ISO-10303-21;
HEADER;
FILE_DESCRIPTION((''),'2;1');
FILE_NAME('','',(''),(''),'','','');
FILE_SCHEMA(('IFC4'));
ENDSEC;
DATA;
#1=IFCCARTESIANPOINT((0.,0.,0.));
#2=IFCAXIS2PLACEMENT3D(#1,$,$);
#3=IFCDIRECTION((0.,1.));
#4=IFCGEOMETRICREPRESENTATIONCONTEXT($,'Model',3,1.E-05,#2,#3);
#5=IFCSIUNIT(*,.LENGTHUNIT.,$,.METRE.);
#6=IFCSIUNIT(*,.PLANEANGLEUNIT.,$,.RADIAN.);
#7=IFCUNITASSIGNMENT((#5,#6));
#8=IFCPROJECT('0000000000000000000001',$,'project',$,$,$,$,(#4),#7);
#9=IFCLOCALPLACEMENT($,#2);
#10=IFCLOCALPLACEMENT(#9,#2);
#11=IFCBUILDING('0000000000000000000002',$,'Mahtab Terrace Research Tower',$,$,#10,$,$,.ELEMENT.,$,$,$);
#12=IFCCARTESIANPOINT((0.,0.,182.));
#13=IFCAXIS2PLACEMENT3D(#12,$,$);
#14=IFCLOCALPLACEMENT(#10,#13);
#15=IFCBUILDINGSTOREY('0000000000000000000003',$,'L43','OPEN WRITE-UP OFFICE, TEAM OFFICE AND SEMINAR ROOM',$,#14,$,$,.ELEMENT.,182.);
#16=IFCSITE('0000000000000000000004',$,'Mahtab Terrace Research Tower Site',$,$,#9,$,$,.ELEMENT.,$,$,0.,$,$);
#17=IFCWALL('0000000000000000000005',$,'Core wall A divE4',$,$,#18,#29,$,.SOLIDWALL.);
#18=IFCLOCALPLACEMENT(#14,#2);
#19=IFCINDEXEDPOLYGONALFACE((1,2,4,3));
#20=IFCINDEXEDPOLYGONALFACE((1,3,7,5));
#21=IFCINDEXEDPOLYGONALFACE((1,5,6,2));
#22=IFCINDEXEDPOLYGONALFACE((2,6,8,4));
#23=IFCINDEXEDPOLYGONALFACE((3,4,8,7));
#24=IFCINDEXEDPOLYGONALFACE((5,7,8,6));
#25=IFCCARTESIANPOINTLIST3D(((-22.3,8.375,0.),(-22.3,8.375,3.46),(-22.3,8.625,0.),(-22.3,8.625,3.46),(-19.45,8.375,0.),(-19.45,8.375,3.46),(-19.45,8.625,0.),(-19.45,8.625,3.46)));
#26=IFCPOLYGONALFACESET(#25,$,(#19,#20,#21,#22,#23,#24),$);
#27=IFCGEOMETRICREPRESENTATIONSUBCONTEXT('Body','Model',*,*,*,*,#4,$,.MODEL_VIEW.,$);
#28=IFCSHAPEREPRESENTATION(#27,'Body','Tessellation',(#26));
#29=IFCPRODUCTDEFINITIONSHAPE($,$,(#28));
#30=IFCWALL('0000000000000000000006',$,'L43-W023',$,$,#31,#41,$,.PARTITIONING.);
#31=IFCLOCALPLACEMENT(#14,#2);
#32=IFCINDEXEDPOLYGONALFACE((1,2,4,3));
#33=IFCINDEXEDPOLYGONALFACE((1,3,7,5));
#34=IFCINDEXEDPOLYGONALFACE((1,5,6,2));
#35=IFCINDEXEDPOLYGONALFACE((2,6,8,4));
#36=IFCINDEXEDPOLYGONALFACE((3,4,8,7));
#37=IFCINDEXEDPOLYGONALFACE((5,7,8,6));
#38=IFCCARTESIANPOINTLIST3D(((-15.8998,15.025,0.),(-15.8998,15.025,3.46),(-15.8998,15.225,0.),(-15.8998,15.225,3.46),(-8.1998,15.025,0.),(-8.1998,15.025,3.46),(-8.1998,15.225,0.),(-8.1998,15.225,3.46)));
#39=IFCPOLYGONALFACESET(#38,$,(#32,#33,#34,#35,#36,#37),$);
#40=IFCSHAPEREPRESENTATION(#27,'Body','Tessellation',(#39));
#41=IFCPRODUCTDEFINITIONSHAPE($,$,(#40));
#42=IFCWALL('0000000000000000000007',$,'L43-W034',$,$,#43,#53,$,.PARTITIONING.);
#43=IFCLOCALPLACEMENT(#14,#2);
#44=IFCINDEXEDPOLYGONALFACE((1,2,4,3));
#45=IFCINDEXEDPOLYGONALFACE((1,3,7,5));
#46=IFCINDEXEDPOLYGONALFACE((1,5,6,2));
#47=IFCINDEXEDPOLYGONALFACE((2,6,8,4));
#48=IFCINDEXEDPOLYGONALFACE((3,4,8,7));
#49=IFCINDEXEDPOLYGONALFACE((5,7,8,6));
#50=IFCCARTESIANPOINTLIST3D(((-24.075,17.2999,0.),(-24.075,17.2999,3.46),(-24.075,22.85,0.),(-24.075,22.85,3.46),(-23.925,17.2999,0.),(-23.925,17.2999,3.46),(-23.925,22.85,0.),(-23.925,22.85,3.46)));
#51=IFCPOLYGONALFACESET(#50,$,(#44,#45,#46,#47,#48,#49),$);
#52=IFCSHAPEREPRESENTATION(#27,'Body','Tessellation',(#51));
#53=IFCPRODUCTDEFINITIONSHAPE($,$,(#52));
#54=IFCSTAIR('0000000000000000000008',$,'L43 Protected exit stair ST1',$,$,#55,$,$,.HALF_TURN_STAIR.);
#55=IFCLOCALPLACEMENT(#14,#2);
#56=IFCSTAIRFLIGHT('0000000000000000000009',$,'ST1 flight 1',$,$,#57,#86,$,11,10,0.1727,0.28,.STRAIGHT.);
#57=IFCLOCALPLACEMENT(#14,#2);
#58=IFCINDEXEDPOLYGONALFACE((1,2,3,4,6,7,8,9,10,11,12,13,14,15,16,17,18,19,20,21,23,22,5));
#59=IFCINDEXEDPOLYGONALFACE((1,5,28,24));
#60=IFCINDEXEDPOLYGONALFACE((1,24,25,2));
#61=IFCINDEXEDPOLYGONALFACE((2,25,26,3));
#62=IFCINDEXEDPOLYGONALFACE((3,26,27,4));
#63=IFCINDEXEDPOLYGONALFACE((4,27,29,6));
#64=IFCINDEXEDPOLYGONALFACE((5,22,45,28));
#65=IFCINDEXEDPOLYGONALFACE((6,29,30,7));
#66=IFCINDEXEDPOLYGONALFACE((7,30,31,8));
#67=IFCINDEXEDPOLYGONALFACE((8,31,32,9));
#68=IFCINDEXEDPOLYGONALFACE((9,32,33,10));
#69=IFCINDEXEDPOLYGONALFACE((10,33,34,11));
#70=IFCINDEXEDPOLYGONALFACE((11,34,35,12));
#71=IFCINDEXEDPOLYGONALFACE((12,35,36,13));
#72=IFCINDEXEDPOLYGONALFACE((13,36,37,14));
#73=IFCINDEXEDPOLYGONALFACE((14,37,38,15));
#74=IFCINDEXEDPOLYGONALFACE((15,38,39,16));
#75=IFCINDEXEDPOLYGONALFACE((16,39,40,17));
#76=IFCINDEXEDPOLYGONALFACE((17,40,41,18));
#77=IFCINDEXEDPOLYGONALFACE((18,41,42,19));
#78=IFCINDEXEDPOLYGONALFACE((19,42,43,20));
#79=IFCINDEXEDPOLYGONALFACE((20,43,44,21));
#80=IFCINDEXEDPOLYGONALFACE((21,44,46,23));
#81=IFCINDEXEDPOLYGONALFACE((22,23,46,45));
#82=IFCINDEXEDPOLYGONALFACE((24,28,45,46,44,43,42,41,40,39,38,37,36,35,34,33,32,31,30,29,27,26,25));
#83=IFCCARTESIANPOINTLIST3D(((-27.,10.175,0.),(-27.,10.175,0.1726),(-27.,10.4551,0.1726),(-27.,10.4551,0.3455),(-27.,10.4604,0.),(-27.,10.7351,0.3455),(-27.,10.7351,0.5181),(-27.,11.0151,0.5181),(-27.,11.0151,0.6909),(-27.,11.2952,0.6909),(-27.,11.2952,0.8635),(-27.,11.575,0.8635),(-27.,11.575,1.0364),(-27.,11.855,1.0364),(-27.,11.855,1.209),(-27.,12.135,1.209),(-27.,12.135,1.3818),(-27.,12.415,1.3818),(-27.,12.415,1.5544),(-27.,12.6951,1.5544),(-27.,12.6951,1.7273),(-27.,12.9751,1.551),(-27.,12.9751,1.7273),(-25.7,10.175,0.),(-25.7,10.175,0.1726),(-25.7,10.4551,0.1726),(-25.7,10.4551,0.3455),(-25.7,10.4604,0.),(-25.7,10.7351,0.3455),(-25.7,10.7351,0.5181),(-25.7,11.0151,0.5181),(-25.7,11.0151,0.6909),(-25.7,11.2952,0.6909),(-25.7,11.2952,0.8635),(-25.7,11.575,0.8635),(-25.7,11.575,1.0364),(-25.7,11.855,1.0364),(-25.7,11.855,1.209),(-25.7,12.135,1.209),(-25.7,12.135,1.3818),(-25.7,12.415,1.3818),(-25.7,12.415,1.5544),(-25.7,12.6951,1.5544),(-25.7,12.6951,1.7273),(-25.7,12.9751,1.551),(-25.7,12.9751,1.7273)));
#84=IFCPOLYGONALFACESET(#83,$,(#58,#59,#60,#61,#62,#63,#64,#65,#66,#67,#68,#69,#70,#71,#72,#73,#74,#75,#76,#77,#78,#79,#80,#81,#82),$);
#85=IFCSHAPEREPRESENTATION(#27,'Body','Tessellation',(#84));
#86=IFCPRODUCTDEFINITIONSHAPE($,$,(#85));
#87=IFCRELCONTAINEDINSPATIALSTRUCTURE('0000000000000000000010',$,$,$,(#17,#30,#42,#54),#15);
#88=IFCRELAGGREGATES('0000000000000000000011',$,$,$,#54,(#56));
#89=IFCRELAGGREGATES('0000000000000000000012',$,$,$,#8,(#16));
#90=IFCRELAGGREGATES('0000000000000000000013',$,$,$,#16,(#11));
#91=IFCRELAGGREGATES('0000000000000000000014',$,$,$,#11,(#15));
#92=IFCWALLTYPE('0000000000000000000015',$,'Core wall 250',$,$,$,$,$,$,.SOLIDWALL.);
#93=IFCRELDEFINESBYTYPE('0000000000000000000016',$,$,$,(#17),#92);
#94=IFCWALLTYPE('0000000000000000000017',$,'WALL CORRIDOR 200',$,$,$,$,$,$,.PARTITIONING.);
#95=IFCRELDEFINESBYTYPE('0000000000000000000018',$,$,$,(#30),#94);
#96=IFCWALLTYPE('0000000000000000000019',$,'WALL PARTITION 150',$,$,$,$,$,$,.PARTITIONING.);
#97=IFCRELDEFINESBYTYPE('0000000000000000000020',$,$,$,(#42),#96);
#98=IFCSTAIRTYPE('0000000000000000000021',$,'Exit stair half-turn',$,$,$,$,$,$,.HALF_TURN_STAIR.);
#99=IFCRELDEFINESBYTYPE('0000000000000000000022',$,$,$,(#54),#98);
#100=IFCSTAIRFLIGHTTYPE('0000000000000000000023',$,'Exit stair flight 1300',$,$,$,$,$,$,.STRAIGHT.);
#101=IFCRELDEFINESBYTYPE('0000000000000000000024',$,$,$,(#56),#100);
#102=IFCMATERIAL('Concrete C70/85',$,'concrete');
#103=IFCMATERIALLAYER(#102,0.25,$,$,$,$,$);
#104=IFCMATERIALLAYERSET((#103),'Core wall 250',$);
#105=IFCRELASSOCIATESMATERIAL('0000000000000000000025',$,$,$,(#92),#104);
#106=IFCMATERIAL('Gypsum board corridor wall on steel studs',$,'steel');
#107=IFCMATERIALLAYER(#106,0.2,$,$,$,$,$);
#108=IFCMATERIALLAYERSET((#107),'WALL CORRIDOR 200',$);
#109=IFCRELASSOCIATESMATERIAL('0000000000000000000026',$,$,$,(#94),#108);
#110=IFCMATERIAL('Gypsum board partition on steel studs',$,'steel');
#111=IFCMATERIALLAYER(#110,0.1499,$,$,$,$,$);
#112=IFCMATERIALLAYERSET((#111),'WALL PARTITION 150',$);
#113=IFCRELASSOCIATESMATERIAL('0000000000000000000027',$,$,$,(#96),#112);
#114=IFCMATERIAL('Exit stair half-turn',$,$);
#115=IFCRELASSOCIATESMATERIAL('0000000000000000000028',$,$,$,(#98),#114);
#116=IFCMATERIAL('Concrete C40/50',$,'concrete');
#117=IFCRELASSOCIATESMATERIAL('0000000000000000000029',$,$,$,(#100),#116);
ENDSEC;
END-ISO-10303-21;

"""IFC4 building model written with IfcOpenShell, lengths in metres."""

from ifc_helpers import new_model, si_unit, direction, frame, frame_2d, origin, place, context, subcontext, project, spatial, polyline, rectangle, outline, extrude, material, layer, layer_set, type_object, element, aggregate, save


model = new_model("IFC4")

# Units and contexts
model_context = context("Model", 3, precision=1e-05, world=origin(), true_north=direction((0.0, 1.0)))
body_context = subcontext(model_context, "Body", "Model", "MODEL_VIEW")
ifc_project = project(units=[si_unit("LENGTHUNIT", "METRE"), si_unit("PLANEANGLEUNIT", "RADIAN")], contexts=[model_context])

# Site, building, storey
site_placement = place(None, origin())
site = spatial("IfcSite", under=ifc_project, at=site_placement, Name="Mahtab Terrace Research Tower Site", CompositionType="ELEMENT", RefElevation=0.0)
building_placement = place(site_placement, origin())
building = spatial("IfcBuilding", under=site, at=building_placement, Name="Mahtab Terrace Research Tower", CompositionType="ELEMENT")
storey_placement = place(building_placement, frame((0.0, 0.0, 182.0)))
storey = spatial("IfcBuildingStorey", under=building, at=storey_placement, Name="L43", Description="OPEN WRITE-UP OFFICE, TEAM OFFICE AND SEMINAR ROOM", CompositionType="ELEMENT", Elevation=182.0)

# Shared definitions
ifc_material_1 = material(Name="Concrete C70/85", Category="concrete")

# Shared definitions
ifc_layer_1 = layer(ifc_material_1, 0.25)
ifc_layer_set_1 = layer_set([ifc_layer_1], Name="Core wall 250")
wall_type_1 = type_object("IfcWallType", Name="Core wall 250", PredefinedType="SOLIDWALL", material=ifc_layer_set_1)

# Walls
wall_1_placement = place(storey_placement, frame((-22.3, 8.5, 0.0), z_axis=(0.0, 0.0, 1.0), x_axis=(1.0, 0.0, 0.0)))
element("IfcWall", 1, at=wall_1_placement, inside=storey, type_object=wall_type_1, Name="Core wall A divE4", PredefinedType="SOLIDWALL", context=body_context, shape_type="SweptSolid", body=[
    extrude(rectangle(XDim=2.8501, YDim=0.25, at=frame_2d((1.425, 0.0))), origin(), (0.0, 0.0, 1.0), 3.46),
])
ifc_material_2 = material(Name="Gypsum board corridor wall on steel studs", Category="steel")
ifc_layer_2 = layer(ifc_material_2, 0.2)
ifc_layer_set_2 = layer_set([ifc_layer_2], Name="WALL CORRIDOR 200")
wall_type_2 = type_object("IfcWallType", Name="WALL CORRIDOR 200", PredefinedType="PARTITIONING", material=ifc_layer_set_2)
wall_2_placement = place(storey_placement, frame((-15.8999, 15.125, 0.0), z_axis=(0.0, 0.0, 1.0), x_axis=(1.0, 0.0, 0.0)))
element("IfcWall", 2, at=wall_2_placement, inside=storey, type_object=wall_type_2, Name="L43-W023", PredefinedType="PARTITIONING", context=body_context, shape_type="SweptSolid", body=[
    extrude(rectangle(XDim=7.7, YDim=0.2, at=frame_2d((3.8501, 0.0))), origin(), (0.0, 0.0, 1.0), 3.46),
])
ifc_material_3 = material(Name="Gypsum board partition on steel studs", Category="steel")
ifc_layer_3 = layer(ifc_material_3, 0.1499)
ifc_layer_set_3 = layer_set([ifc_layer_3], Name="WALL PARTITION 150")
wall_type_3 = type_object("IfcWallType", Name="WALL PARTITION 150", PredefinedType="PARTITIONING", material=ifc_layer_set_3)
wall_3_placement = place(storey_placement, frame((-24.0, 17.3, 0.0), z_axis=(0.0, 0.0, 1.0), x_axis=(0.0, 1.0, 0.0)))
element("IfcWall", 3, at=wall_3_placement, inside=storey, type_object=wall_type_3, Name="L43-W034", PredefinedType="PARTITIONING", context=body_context, shape_type="SweptSolid", body=[
    extrude(rectangle(XDim=5.55, YDim=0.1499, at=frame_2d((2.7749, 0.0))), origin(), (0.0, 0.0, 1.0), 3.46),
])

# Stair, stair flight
ifc_material_4 = material(Name="Exit stair half-turn")
stair_type = type_object("IfcStairType", Name="Exit stair half-turn", PredefinedType="HALF_TURN_STAIR", material=ifc_material_4)
stair_placement = place(storey_placement, origin())
stair = element("IfcStair", 4, at=stair_placement, inside=storey, type_object=stair_type, Name="L43 Protected exit stair ST1", PredefinedType="HALF_TURN_STAIR")
ifc_material_5 = material(Name="Concrete C40/50", Category="concrete")
stair_flight_type = type_object("IfcStairFlightType", Name="Exit stair flight 1300", PredefinedType="STRAIGHT", material=ifc_material_5)
stair_flight_placement = place(storey_placement, frame((-26.3501, 10.175, 0.0), z_axis=(0.0, 0.0, 1.0), x_axis=(0.0, 1.0, 0.0)))
stair_flight = element("IfcStairFlight", 5, at=stair_flight_placement, type_object=stair_flight_type, Name="ST1 flight 1", NumberOfRisers=11, NumberOfTreads=10, PredefinedType="STRAIGHT", RiserHeight=0.1727, TreadLength=0.28, context=body_context, shape_type="SweptSolid", body=[
    extrude(outline(polyline([(0.0, 0.0), (0.0, 0.1726), (0.28, 0.1726), (0.28, 0.3455), (0.5601, 0.3455), (0.5601, 0.5181), (0.8401, 0.5181), (0.8401, 0.6909), (1.1201, 0.6909), (1.1201, 0.8635), (1.3999, 0.8635), (1.3999, 1.0364), (1.6799, 1.0364), (1.6799, 1.209), (1.96, 1.209), (1.96, 1.3818), (2.24, 1.3818), (2.24, 1.5544), (2.52, 1.5544), (2.52, 1.7273), (2.8, 1.7273), (2.8, 1.8999), (2.8, 1.551), (0.2854, 0.0), (0.0, 0.0)])), frame((0.0, 0.6499, 0.0), z_axis=(0.0, -1.0, 0.0), x_axis=(1.0, 0.0, 0.0)), (0.0, 0.0, 1.0), 1.3),
])
aggregate(stair, [stair_flight])

save(model, "model.ifc")
